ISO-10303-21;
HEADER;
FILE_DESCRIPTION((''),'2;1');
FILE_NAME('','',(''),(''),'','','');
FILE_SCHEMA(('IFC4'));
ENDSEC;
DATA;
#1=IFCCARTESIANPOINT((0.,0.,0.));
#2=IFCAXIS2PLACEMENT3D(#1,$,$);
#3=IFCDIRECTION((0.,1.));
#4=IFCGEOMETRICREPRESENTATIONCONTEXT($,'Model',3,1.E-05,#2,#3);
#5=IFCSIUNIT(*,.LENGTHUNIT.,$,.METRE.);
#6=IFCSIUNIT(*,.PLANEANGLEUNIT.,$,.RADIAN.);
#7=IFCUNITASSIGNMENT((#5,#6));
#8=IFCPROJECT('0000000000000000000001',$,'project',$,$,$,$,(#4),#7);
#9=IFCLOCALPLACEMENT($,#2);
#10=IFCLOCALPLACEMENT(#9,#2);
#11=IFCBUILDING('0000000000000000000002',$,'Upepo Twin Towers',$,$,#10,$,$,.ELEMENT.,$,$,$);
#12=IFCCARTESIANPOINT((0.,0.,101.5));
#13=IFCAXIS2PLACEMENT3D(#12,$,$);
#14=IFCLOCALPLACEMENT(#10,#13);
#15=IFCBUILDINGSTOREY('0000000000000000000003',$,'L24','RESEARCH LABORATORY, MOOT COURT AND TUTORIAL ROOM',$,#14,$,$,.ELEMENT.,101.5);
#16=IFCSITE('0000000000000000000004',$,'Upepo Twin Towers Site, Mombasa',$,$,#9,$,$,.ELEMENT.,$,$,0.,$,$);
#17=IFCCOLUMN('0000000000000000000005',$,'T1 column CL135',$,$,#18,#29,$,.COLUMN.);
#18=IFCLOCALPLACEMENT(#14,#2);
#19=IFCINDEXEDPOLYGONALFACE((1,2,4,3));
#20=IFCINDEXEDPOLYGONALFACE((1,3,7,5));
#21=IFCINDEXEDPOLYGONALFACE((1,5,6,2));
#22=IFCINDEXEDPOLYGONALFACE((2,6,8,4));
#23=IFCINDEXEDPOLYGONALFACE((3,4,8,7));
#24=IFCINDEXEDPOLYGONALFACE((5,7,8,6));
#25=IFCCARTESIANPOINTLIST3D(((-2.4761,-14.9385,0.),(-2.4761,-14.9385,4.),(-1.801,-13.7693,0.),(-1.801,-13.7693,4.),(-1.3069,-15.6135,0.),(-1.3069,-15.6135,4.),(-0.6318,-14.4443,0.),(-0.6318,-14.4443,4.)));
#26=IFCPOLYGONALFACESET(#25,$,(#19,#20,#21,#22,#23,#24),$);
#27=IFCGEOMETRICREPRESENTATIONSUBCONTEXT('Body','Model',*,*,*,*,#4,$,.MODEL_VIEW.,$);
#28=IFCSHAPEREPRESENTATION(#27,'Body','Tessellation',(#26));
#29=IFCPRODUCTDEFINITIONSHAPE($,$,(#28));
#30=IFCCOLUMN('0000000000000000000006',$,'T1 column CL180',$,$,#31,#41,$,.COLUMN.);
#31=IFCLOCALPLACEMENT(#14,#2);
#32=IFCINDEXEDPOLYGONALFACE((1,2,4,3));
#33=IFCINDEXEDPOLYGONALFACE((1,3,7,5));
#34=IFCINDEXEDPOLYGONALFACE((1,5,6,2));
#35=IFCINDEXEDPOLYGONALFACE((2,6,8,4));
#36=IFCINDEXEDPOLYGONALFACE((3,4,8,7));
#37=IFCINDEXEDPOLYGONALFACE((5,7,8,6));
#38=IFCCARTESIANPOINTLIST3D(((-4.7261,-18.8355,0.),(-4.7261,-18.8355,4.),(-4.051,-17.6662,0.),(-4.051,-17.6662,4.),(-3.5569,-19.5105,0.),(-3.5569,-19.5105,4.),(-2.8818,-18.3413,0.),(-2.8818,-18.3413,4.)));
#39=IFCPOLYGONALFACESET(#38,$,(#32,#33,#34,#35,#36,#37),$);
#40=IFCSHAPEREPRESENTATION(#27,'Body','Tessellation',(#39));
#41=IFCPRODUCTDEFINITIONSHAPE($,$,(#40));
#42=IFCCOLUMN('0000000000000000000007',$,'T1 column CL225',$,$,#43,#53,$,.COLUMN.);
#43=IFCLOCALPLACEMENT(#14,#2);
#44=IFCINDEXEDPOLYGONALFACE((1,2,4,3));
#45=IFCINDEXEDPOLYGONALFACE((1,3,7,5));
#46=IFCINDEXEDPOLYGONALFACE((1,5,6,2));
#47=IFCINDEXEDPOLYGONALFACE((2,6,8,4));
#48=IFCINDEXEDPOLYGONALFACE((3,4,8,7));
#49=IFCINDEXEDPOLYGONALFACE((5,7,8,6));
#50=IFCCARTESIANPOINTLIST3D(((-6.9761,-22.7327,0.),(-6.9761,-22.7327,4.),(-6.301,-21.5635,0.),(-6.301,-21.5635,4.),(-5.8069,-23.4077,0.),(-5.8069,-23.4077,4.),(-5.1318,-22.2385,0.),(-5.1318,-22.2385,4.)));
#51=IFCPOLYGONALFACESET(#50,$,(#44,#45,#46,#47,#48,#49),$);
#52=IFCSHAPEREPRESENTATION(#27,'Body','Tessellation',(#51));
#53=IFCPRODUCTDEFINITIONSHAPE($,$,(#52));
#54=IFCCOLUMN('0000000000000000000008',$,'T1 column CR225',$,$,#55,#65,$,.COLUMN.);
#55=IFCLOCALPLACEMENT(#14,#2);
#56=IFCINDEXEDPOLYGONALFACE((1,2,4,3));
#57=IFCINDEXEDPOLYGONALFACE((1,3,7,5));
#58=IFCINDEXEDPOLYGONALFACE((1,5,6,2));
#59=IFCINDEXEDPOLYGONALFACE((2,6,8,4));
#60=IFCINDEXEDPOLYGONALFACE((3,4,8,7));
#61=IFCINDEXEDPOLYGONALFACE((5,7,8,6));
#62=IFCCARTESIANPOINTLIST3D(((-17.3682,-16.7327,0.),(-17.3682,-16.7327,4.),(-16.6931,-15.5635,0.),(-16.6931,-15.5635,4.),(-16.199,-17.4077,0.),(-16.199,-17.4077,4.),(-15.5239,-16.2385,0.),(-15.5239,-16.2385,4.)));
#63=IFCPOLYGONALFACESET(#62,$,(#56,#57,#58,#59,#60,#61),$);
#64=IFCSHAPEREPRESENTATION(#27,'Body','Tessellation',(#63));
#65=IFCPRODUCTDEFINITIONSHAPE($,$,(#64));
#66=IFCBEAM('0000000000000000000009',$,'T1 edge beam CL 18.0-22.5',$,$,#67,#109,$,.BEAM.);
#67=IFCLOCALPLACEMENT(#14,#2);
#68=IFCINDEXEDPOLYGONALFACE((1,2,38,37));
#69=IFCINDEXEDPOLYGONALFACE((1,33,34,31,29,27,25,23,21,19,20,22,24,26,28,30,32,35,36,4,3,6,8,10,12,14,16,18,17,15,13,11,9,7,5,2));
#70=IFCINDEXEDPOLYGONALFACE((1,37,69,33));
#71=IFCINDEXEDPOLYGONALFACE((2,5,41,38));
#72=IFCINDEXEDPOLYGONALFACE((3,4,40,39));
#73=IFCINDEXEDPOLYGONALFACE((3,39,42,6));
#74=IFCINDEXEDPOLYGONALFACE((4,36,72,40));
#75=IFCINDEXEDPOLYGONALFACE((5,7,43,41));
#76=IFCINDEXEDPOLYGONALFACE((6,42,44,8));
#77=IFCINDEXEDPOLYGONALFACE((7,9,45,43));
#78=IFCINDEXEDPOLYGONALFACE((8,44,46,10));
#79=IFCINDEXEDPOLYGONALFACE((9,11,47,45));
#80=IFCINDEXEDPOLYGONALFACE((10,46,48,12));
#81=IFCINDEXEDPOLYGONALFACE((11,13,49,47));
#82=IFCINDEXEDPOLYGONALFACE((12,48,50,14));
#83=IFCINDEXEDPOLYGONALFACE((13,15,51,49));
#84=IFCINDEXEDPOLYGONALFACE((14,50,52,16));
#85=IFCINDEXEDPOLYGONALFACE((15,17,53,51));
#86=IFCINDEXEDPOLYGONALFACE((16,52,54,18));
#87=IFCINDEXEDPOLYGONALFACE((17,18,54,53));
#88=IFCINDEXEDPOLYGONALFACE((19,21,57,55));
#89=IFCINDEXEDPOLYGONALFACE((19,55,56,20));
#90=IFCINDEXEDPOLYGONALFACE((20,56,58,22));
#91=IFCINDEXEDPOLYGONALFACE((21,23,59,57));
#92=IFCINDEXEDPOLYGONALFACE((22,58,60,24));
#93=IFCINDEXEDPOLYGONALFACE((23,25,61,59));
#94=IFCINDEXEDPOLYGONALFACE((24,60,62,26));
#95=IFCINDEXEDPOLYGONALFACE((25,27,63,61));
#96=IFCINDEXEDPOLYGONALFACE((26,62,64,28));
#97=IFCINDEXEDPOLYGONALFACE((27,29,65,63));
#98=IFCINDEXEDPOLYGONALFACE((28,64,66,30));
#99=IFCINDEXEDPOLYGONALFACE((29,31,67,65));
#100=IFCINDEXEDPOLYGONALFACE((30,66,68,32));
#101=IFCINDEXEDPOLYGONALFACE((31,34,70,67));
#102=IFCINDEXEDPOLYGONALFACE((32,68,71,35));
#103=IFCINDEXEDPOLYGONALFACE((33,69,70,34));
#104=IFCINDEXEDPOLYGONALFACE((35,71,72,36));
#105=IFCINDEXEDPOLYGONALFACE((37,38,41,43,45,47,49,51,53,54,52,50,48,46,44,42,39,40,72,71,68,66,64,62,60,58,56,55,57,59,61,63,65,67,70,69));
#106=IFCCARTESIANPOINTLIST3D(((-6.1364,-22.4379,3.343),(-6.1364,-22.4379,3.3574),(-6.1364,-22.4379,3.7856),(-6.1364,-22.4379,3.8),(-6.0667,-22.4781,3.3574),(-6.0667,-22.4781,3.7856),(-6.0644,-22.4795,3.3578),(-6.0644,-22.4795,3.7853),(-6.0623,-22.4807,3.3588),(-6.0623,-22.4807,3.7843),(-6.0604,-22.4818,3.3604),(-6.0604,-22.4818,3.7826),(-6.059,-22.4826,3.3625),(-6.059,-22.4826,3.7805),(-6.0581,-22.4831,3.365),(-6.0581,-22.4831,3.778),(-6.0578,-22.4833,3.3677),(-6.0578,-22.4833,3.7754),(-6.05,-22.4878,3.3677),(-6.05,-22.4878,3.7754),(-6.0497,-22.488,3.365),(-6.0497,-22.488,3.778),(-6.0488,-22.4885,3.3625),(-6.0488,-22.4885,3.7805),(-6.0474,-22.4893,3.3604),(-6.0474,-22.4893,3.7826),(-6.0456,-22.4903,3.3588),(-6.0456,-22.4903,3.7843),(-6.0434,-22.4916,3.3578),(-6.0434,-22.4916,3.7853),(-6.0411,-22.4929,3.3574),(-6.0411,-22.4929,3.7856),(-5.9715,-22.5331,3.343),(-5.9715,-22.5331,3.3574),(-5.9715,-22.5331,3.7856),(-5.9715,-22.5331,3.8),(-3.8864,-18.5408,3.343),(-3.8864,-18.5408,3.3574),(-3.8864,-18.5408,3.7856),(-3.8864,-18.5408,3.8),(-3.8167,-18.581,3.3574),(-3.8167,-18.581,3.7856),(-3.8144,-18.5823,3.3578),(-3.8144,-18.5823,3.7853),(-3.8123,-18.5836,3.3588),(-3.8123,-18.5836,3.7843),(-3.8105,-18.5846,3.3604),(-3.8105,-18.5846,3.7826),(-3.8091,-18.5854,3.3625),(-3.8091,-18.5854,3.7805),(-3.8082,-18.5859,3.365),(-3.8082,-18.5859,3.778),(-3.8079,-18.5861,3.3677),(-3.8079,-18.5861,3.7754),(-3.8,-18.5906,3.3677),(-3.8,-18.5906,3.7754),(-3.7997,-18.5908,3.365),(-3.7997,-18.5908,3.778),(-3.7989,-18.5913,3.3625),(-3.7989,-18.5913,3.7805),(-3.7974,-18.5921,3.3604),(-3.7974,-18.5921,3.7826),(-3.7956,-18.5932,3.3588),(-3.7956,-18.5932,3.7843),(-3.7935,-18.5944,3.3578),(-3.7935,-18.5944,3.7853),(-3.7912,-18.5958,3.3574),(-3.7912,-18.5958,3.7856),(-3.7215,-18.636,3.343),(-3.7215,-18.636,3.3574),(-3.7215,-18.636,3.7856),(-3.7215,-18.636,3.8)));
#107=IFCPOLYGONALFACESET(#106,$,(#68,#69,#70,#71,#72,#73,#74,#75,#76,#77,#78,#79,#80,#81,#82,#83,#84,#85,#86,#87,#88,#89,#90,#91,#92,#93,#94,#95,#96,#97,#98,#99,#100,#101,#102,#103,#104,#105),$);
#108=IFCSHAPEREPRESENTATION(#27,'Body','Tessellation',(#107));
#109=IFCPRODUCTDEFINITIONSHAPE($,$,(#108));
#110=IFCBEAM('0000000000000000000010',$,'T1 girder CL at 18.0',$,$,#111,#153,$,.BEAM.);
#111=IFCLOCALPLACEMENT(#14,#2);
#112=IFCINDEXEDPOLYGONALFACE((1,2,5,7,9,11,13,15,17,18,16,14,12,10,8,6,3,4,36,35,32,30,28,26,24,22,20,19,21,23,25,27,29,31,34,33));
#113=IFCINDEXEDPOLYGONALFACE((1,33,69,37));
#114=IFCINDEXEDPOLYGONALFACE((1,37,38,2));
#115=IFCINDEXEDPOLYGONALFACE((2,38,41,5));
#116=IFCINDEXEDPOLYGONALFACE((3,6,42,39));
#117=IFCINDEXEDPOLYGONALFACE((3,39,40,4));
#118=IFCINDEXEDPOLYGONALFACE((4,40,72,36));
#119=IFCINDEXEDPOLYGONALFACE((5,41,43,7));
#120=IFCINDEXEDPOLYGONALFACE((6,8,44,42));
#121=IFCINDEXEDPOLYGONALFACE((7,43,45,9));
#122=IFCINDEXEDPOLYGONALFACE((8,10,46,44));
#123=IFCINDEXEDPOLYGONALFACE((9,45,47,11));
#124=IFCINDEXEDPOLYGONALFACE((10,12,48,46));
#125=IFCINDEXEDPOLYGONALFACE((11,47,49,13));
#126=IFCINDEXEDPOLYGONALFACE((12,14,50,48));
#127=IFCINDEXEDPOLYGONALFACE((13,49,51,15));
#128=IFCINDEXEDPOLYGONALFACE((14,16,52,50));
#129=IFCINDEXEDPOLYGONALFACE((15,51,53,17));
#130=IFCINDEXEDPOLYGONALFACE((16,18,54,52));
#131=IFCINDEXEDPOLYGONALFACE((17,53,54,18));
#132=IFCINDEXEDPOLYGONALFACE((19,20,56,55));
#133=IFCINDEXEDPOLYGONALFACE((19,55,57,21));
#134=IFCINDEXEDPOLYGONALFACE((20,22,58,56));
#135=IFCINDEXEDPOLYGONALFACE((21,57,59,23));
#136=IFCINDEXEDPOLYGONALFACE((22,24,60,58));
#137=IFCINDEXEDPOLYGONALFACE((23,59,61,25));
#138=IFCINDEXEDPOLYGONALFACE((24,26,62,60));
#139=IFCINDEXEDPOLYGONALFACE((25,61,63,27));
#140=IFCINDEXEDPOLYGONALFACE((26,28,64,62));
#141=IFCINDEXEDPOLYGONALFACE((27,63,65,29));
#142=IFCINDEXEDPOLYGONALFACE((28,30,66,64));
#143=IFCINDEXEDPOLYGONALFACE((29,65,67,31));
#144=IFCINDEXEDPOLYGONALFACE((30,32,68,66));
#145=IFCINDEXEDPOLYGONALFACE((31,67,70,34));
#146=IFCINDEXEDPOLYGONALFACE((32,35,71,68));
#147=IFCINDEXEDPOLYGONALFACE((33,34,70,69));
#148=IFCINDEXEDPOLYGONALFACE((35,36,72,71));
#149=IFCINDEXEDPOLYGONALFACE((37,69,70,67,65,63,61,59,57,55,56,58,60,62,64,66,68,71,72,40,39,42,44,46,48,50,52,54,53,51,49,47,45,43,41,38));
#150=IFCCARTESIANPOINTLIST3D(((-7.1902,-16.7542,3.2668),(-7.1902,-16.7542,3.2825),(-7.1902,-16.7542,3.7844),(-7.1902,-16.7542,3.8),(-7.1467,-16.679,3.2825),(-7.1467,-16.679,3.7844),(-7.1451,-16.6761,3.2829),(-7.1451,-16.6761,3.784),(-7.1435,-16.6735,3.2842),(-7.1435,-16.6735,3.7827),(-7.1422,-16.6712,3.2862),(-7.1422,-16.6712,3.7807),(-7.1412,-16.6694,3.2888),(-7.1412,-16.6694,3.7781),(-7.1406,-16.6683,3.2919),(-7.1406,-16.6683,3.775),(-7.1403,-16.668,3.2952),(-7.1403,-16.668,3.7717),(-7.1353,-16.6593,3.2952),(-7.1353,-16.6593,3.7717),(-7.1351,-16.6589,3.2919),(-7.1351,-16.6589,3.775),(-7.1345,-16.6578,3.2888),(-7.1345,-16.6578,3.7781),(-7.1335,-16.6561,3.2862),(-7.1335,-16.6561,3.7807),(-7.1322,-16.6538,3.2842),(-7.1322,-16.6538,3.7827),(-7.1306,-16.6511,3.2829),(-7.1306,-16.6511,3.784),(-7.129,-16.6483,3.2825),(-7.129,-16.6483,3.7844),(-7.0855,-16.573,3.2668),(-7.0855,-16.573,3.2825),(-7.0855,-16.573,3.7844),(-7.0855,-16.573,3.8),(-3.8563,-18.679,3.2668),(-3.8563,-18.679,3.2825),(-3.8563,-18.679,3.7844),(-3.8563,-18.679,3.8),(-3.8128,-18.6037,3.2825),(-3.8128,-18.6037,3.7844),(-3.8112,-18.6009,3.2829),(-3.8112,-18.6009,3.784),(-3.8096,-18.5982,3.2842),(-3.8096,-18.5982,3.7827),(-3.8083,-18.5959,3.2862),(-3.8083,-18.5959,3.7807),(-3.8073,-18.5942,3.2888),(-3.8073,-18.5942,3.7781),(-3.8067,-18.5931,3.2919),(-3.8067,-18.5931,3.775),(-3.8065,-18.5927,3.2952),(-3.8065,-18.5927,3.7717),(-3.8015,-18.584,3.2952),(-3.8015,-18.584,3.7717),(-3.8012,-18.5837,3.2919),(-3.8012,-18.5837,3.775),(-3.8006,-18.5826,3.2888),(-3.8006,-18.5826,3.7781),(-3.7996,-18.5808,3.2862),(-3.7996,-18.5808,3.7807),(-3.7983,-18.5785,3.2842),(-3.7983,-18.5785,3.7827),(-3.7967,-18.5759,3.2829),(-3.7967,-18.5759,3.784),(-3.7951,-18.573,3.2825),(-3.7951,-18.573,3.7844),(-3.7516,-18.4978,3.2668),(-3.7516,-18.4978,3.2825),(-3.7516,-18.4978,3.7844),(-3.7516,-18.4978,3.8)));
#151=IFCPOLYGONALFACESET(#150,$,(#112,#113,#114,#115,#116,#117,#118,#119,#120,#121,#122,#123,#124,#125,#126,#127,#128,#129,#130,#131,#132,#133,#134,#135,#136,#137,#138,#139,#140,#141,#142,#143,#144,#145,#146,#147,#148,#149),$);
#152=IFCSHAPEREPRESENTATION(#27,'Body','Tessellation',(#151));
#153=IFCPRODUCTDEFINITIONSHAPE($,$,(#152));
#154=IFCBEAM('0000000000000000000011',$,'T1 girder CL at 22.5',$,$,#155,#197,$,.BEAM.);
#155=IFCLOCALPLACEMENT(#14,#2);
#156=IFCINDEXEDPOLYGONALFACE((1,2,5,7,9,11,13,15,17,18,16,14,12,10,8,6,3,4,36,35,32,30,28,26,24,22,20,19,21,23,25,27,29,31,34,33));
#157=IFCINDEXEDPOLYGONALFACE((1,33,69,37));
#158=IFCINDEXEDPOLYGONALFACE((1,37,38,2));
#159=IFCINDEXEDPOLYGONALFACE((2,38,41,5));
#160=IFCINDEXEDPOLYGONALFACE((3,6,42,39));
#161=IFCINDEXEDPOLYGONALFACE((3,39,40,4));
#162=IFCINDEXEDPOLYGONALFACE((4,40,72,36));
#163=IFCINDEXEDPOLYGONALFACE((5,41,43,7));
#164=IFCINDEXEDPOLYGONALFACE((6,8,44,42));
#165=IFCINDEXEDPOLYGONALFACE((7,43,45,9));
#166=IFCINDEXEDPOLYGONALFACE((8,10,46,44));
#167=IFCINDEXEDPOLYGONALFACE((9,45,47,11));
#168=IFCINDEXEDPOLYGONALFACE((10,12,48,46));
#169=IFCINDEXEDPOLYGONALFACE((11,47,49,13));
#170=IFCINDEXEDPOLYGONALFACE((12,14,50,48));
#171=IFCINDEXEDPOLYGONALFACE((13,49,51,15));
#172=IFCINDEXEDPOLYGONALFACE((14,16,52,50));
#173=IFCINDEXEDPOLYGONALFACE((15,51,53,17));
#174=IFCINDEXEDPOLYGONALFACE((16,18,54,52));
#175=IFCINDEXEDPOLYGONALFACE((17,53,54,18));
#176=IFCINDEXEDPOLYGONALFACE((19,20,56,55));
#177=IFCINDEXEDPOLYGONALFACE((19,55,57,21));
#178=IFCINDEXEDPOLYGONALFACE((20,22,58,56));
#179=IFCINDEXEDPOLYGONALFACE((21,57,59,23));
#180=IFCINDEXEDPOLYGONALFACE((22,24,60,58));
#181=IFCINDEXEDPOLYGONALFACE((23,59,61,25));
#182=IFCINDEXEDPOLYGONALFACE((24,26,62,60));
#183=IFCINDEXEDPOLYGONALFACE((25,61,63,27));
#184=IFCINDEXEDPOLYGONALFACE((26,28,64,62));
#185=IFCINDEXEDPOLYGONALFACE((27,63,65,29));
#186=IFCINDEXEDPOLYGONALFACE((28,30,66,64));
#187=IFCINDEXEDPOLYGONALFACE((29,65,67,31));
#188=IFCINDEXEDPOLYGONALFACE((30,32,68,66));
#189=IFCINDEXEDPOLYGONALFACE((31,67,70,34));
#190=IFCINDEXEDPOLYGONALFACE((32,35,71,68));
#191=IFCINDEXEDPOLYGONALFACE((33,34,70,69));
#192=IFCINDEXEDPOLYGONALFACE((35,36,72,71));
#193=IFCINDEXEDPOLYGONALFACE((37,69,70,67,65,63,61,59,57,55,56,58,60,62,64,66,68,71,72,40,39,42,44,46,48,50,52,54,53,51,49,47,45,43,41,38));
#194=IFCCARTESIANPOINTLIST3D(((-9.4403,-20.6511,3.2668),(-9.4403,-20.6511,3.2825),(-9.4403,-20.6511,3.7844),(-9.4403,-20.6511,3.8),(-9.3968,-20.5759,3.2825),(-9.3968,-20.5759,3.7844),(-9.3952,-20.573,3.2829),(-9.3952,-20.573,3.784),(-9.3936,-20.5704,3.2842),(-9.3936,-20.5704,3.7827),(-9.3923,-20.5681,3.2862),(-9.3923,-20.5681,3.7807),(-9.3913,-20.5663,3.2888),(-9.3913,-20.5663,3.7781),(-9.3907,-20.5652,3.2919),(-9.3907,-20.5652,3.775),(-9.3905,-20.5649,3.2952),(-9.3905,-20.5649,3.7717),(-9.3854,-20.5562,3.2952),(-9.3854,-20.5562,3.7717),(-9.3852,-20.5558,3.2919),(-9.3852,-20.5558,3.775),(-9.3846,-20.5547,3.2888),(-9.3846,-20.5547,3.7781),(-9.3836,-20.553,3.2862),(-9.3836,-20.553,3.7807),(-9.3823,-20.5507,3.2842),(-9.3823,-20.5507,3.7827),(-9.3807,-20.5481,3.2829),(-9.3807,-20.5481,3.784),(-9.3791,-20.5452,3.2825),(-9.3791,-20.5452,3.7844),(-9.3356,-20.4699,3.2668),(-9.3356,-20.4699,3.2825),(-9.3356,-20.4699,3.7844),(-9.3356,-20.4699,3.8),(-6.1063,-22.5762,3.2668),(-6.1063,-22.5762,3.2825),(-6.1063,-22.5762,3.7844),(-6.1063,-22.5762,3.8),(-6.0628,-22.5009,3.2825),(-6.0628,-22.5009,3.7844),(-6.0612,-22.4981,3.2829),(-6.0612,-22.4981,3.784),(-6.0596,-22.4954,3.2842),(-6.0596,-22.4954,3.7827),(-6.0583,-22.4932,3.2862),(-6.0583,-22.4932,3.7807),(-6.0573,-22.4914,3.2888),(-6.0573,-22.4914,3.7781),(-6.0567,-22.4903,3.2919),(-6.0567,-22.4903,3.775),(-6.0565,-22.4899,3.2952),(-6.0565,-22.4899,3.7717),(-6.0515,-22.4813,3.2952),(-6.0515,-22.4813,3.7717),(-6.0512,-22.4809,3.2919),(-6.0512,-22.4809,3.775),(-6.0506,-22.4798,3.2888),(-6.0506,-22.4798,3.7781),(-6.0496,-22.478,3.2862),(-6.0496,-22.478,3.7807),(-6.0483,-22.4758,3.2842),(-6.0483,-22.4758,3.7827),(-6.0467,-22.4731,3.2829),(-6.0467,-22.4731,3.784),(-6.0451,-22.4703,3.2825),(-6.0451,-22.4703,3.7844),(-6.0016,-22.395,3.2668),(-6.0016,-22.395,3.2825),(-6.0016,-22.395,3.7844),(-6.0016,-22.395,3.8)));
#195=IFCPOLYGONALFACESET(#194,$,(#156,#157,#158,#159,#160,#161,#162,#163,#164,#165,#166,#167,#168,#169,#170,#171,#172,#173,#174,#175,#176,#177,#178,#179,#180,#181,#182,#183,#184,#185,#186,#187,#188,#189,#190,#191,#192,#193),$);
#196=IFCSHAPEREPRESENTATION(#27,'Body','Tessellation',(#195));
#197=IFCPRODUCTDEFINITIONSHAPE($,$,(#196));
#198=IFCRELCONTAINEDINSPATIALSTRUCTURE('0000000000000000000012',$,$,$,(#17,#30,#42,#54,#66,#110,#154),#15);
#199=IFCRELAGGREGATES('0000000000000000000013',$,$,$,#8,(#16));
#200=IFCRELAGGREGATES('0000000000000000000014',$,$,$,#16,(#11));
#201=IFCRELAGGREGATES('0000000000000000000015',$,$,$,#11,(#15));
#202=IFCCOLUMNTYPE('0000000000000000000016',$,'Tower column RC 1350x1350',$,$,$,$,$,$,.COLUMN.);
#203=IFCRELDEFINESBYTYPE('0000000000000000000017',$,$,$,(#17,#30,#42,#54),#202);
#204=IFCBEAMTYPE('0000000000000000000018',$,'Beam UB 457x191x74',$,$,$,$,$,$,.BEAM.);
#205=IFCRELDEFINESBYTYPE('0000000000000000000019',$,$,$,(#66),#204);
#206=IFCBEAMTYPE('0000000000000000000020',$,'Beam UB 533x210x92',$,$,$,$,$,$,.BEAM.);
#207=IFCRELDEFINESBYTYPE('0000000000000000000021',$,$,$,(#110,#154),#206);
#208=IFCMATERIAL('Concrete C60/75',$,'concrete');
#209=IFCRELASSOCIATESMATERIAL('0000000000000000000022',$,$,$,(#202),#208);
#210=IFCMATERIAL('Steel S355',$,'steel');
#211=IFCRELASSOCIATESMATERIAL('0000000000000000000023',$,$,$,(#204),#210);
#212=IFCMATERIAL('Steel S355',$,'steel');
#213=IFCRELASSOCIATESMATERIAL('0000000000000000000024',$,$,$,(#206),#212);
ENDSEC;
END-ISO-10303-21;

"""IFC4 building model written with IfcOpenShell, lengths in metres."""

from ifc_helpers import new_model, si_unit, direction, frame, origin, origin_2d, place, context, subcontext, project, spatial, rectangle, i_section, extrude, material, material_profile, profile_set, type_object, element, save


model = new_model("IFC4")

# Units and contexts
model_context = context("Model", 3, precision=1e-05, world=origin(), true_north=direction((0.0, 1.0)))
body_context = subcontext(model_context, "Body", "Model", "MODEL_VIEW")
ifc_project = project(units=[si_unit("LENGTHUNIT", "METRE"), si_unit("PLANEANGLEUNIT", "RADIAN")], contexts=[model_context])

# Site, building, storey
site_placement = place(None, origin())
site = spatial("IfcSite", under=ifc_project, at=site_placement, Name="Upepo Twin Towers Site, Mombasa", CompositionType="ELEMENT", RefElevation=0.0)
building_placement = place(site_placement, origin())
building = spatial("IfcBuilding", under=site, at=building_placement, Name="Upepo Twin Towers", CompositionType="ELEMENT")
storey_placement = place(building_placement, frame((0.0, 0.0, 101.5)))
storey = spatial("IfcBuildingStorey", under=building, at=storey_placement, Name="L24", Description="RESEARCH LABORATORY, MOOT COURT AND TUTORIAL ROOM", CompositionType="ELEMENT", Elevation=101.5)

# Columns
ifc_material_1 = material(Name="Concrete C60/75", Category="concrete")
ifc_material_profile_1 = material_profile(ifc_material_1, rectangle(XDim=1.3501, YDim=1.3501, at=origin_2d()), Name="RC 1350x1350")
ifc_profile_set_1 = profile_set([ifc_material_profile_1], Name="Concrete C60/75")
column_type = type_object("IfcColumnType", Name="Tower column RC 1350x1350", PredefinedType="COLUMN", material=ifc_profile_set_1)
for number, where, z_axis, x_axis, name in (
    (1, (-1.554, -14.6914, 0.0), (0.0, 0.0, 1.0), (0.5, 0.866025, 0.0), "T1 column CL135"),
    (2, (-3.804, -18.5884, 0.0), (0.0, 0.0, 1.0), (0.5, 0.866025, 0.0), "T1 column CL180"),
    (3, (-6.054, -22.4856, 0.0), (0.0, 0.0, 1.0), (0.5, 0.866025, 0.0), "T1 column CL225"),
    (4, (-16.446, -16.4856, 0.0), (0.0, 0.0, 1.0), (0.5, 0.866025, 0.0), "T1 column CR225"),
):
    element("IfcColumn", number, at=place(storey_placement, frame(where, z_axis=z_axis, x_axis=x_axis)), inside=storey, type_object=column_type, Name=name, PredefinedType="COLUMN", context=body_context, shape_type="SweptSolid", body=[
        extrude(rectangle(XDim=1.3501, YDim=1.3501, at=origin_2d()), origin(), (0.0, 0.0, 1.0), 4.0),
    ])

# Beams
ifc_material_2 = material(Name="Steel S355", Category="steel")
ifc_material_profile_2 = material_profile(ifc_material_2, i_section(OverallWidth=0.1904, OverallDepth=0.457, WebThickness=0.009, FlangeThickness=0.0144, FilletRadius=0.0103, at=origin_2d()), Name="UB 457x191x74")
ifc_profile_set_2 = profile_set([ifc_material_profile_2], Name="Steel S355")
beam_type_1 = type_object("IfcBeamType", Name="Beam UB 457x191x74", PredefinedType="BEAM", material=ifc_profile_set_2)
beam_1_placement = place(storey_placement, frame((-3.804, -18.5884, 3.5715), z_axis=(-0.49999, -0.866031, 0.0), x_axis=(0.866031, -0.49999, 0.0)))
element("IfcBeam", 5, at=beam_1_placement, inside=storey, type_object=beam_type_1, Name="T1 edge beam CL 18.0-22.5", PredefinedType="BEAM", context=body_context, shape_type="SweptSolid", body=[
    extrude(i_section(OverallWidth=0.1904, OverallDepth=0.457, WebThickness=0.009, FlangeThickness=0.0144, FilletRadius=0.0103, at=origin_2d()), origin(), (0.0, 0.0, 1.0), 4.5),
])
ifc_material_3 = material(Name="Steel S355", Category="steel")
ifc_material_profile_3 = material_profile(ifc_material_3, i_section(OverallWidth=0.2092, OverallDepth=0.5332, WebThickness=0.01, FlangeThickness=0.0156, FilletRadius=0.0127, at=origin_2d()), Name="UB 533x210x92")
ifc_profile_set_3 = profile_set([ifc_material_profile_3], Name="Steel S355")
beam_type_2 = type_object("IfcBeamType", Name="Beam UB 533x210x92", PredefinedType="BEAM", material=ifc_profile_set_3)
beam_2_placement = place(storey_placement, frame((-3.804, -18.5884, 3.5334), z_axis=(-0.866034, 0.499986, 0.0), x_axis=(-0.499986, -0.866034, 0.0)))
element("IfcBeam", 6, at=beam_2_placement, inside=storey, type_object=beam_type_2, Name="T1 girder CL at 18.0", PredefinedType="BEAM", context=body_context, shape_type="SweptSolid", body=[
    extrude(i_section(OverallWidth=0.2092, OverallDepth=0.5332, WebThickness=0.01, FlangeThickness=0.0156, FilletRadius=0.0127, at=origin_2d()), origin(), (0.0, 0.0, 1.0), 3.8496),
])
for number, where, z_axis, x_axis, name in (
    (7, (-6.054, -22.4856, 3.5334), (-0.866006, 0.500034, 0.0), (-0.500034, -0.866006, 0.0), "T1 girder CL at 22.5"),
):
    element("IfcBeam", number, at=place(storey_placement, frame(where, z_axis=z_axis, x_axis=x_axis)), inside=storey, type_object=beam_type_2, Name=name, PredefinedType="BEAM", context=body_context, shape_type="SweptSolid", body=[
        extrude(i_section(OverallWidth=0.2092, OverallDepth=0.5332, WebThickness=0.01, FlangeThickness=0.0156, FilletRadius=0.0127, at=origin_2d()), origin(), (0.0, 0.0, 1.0), 3.8499),
    ])

save(model, "model.ifc")
